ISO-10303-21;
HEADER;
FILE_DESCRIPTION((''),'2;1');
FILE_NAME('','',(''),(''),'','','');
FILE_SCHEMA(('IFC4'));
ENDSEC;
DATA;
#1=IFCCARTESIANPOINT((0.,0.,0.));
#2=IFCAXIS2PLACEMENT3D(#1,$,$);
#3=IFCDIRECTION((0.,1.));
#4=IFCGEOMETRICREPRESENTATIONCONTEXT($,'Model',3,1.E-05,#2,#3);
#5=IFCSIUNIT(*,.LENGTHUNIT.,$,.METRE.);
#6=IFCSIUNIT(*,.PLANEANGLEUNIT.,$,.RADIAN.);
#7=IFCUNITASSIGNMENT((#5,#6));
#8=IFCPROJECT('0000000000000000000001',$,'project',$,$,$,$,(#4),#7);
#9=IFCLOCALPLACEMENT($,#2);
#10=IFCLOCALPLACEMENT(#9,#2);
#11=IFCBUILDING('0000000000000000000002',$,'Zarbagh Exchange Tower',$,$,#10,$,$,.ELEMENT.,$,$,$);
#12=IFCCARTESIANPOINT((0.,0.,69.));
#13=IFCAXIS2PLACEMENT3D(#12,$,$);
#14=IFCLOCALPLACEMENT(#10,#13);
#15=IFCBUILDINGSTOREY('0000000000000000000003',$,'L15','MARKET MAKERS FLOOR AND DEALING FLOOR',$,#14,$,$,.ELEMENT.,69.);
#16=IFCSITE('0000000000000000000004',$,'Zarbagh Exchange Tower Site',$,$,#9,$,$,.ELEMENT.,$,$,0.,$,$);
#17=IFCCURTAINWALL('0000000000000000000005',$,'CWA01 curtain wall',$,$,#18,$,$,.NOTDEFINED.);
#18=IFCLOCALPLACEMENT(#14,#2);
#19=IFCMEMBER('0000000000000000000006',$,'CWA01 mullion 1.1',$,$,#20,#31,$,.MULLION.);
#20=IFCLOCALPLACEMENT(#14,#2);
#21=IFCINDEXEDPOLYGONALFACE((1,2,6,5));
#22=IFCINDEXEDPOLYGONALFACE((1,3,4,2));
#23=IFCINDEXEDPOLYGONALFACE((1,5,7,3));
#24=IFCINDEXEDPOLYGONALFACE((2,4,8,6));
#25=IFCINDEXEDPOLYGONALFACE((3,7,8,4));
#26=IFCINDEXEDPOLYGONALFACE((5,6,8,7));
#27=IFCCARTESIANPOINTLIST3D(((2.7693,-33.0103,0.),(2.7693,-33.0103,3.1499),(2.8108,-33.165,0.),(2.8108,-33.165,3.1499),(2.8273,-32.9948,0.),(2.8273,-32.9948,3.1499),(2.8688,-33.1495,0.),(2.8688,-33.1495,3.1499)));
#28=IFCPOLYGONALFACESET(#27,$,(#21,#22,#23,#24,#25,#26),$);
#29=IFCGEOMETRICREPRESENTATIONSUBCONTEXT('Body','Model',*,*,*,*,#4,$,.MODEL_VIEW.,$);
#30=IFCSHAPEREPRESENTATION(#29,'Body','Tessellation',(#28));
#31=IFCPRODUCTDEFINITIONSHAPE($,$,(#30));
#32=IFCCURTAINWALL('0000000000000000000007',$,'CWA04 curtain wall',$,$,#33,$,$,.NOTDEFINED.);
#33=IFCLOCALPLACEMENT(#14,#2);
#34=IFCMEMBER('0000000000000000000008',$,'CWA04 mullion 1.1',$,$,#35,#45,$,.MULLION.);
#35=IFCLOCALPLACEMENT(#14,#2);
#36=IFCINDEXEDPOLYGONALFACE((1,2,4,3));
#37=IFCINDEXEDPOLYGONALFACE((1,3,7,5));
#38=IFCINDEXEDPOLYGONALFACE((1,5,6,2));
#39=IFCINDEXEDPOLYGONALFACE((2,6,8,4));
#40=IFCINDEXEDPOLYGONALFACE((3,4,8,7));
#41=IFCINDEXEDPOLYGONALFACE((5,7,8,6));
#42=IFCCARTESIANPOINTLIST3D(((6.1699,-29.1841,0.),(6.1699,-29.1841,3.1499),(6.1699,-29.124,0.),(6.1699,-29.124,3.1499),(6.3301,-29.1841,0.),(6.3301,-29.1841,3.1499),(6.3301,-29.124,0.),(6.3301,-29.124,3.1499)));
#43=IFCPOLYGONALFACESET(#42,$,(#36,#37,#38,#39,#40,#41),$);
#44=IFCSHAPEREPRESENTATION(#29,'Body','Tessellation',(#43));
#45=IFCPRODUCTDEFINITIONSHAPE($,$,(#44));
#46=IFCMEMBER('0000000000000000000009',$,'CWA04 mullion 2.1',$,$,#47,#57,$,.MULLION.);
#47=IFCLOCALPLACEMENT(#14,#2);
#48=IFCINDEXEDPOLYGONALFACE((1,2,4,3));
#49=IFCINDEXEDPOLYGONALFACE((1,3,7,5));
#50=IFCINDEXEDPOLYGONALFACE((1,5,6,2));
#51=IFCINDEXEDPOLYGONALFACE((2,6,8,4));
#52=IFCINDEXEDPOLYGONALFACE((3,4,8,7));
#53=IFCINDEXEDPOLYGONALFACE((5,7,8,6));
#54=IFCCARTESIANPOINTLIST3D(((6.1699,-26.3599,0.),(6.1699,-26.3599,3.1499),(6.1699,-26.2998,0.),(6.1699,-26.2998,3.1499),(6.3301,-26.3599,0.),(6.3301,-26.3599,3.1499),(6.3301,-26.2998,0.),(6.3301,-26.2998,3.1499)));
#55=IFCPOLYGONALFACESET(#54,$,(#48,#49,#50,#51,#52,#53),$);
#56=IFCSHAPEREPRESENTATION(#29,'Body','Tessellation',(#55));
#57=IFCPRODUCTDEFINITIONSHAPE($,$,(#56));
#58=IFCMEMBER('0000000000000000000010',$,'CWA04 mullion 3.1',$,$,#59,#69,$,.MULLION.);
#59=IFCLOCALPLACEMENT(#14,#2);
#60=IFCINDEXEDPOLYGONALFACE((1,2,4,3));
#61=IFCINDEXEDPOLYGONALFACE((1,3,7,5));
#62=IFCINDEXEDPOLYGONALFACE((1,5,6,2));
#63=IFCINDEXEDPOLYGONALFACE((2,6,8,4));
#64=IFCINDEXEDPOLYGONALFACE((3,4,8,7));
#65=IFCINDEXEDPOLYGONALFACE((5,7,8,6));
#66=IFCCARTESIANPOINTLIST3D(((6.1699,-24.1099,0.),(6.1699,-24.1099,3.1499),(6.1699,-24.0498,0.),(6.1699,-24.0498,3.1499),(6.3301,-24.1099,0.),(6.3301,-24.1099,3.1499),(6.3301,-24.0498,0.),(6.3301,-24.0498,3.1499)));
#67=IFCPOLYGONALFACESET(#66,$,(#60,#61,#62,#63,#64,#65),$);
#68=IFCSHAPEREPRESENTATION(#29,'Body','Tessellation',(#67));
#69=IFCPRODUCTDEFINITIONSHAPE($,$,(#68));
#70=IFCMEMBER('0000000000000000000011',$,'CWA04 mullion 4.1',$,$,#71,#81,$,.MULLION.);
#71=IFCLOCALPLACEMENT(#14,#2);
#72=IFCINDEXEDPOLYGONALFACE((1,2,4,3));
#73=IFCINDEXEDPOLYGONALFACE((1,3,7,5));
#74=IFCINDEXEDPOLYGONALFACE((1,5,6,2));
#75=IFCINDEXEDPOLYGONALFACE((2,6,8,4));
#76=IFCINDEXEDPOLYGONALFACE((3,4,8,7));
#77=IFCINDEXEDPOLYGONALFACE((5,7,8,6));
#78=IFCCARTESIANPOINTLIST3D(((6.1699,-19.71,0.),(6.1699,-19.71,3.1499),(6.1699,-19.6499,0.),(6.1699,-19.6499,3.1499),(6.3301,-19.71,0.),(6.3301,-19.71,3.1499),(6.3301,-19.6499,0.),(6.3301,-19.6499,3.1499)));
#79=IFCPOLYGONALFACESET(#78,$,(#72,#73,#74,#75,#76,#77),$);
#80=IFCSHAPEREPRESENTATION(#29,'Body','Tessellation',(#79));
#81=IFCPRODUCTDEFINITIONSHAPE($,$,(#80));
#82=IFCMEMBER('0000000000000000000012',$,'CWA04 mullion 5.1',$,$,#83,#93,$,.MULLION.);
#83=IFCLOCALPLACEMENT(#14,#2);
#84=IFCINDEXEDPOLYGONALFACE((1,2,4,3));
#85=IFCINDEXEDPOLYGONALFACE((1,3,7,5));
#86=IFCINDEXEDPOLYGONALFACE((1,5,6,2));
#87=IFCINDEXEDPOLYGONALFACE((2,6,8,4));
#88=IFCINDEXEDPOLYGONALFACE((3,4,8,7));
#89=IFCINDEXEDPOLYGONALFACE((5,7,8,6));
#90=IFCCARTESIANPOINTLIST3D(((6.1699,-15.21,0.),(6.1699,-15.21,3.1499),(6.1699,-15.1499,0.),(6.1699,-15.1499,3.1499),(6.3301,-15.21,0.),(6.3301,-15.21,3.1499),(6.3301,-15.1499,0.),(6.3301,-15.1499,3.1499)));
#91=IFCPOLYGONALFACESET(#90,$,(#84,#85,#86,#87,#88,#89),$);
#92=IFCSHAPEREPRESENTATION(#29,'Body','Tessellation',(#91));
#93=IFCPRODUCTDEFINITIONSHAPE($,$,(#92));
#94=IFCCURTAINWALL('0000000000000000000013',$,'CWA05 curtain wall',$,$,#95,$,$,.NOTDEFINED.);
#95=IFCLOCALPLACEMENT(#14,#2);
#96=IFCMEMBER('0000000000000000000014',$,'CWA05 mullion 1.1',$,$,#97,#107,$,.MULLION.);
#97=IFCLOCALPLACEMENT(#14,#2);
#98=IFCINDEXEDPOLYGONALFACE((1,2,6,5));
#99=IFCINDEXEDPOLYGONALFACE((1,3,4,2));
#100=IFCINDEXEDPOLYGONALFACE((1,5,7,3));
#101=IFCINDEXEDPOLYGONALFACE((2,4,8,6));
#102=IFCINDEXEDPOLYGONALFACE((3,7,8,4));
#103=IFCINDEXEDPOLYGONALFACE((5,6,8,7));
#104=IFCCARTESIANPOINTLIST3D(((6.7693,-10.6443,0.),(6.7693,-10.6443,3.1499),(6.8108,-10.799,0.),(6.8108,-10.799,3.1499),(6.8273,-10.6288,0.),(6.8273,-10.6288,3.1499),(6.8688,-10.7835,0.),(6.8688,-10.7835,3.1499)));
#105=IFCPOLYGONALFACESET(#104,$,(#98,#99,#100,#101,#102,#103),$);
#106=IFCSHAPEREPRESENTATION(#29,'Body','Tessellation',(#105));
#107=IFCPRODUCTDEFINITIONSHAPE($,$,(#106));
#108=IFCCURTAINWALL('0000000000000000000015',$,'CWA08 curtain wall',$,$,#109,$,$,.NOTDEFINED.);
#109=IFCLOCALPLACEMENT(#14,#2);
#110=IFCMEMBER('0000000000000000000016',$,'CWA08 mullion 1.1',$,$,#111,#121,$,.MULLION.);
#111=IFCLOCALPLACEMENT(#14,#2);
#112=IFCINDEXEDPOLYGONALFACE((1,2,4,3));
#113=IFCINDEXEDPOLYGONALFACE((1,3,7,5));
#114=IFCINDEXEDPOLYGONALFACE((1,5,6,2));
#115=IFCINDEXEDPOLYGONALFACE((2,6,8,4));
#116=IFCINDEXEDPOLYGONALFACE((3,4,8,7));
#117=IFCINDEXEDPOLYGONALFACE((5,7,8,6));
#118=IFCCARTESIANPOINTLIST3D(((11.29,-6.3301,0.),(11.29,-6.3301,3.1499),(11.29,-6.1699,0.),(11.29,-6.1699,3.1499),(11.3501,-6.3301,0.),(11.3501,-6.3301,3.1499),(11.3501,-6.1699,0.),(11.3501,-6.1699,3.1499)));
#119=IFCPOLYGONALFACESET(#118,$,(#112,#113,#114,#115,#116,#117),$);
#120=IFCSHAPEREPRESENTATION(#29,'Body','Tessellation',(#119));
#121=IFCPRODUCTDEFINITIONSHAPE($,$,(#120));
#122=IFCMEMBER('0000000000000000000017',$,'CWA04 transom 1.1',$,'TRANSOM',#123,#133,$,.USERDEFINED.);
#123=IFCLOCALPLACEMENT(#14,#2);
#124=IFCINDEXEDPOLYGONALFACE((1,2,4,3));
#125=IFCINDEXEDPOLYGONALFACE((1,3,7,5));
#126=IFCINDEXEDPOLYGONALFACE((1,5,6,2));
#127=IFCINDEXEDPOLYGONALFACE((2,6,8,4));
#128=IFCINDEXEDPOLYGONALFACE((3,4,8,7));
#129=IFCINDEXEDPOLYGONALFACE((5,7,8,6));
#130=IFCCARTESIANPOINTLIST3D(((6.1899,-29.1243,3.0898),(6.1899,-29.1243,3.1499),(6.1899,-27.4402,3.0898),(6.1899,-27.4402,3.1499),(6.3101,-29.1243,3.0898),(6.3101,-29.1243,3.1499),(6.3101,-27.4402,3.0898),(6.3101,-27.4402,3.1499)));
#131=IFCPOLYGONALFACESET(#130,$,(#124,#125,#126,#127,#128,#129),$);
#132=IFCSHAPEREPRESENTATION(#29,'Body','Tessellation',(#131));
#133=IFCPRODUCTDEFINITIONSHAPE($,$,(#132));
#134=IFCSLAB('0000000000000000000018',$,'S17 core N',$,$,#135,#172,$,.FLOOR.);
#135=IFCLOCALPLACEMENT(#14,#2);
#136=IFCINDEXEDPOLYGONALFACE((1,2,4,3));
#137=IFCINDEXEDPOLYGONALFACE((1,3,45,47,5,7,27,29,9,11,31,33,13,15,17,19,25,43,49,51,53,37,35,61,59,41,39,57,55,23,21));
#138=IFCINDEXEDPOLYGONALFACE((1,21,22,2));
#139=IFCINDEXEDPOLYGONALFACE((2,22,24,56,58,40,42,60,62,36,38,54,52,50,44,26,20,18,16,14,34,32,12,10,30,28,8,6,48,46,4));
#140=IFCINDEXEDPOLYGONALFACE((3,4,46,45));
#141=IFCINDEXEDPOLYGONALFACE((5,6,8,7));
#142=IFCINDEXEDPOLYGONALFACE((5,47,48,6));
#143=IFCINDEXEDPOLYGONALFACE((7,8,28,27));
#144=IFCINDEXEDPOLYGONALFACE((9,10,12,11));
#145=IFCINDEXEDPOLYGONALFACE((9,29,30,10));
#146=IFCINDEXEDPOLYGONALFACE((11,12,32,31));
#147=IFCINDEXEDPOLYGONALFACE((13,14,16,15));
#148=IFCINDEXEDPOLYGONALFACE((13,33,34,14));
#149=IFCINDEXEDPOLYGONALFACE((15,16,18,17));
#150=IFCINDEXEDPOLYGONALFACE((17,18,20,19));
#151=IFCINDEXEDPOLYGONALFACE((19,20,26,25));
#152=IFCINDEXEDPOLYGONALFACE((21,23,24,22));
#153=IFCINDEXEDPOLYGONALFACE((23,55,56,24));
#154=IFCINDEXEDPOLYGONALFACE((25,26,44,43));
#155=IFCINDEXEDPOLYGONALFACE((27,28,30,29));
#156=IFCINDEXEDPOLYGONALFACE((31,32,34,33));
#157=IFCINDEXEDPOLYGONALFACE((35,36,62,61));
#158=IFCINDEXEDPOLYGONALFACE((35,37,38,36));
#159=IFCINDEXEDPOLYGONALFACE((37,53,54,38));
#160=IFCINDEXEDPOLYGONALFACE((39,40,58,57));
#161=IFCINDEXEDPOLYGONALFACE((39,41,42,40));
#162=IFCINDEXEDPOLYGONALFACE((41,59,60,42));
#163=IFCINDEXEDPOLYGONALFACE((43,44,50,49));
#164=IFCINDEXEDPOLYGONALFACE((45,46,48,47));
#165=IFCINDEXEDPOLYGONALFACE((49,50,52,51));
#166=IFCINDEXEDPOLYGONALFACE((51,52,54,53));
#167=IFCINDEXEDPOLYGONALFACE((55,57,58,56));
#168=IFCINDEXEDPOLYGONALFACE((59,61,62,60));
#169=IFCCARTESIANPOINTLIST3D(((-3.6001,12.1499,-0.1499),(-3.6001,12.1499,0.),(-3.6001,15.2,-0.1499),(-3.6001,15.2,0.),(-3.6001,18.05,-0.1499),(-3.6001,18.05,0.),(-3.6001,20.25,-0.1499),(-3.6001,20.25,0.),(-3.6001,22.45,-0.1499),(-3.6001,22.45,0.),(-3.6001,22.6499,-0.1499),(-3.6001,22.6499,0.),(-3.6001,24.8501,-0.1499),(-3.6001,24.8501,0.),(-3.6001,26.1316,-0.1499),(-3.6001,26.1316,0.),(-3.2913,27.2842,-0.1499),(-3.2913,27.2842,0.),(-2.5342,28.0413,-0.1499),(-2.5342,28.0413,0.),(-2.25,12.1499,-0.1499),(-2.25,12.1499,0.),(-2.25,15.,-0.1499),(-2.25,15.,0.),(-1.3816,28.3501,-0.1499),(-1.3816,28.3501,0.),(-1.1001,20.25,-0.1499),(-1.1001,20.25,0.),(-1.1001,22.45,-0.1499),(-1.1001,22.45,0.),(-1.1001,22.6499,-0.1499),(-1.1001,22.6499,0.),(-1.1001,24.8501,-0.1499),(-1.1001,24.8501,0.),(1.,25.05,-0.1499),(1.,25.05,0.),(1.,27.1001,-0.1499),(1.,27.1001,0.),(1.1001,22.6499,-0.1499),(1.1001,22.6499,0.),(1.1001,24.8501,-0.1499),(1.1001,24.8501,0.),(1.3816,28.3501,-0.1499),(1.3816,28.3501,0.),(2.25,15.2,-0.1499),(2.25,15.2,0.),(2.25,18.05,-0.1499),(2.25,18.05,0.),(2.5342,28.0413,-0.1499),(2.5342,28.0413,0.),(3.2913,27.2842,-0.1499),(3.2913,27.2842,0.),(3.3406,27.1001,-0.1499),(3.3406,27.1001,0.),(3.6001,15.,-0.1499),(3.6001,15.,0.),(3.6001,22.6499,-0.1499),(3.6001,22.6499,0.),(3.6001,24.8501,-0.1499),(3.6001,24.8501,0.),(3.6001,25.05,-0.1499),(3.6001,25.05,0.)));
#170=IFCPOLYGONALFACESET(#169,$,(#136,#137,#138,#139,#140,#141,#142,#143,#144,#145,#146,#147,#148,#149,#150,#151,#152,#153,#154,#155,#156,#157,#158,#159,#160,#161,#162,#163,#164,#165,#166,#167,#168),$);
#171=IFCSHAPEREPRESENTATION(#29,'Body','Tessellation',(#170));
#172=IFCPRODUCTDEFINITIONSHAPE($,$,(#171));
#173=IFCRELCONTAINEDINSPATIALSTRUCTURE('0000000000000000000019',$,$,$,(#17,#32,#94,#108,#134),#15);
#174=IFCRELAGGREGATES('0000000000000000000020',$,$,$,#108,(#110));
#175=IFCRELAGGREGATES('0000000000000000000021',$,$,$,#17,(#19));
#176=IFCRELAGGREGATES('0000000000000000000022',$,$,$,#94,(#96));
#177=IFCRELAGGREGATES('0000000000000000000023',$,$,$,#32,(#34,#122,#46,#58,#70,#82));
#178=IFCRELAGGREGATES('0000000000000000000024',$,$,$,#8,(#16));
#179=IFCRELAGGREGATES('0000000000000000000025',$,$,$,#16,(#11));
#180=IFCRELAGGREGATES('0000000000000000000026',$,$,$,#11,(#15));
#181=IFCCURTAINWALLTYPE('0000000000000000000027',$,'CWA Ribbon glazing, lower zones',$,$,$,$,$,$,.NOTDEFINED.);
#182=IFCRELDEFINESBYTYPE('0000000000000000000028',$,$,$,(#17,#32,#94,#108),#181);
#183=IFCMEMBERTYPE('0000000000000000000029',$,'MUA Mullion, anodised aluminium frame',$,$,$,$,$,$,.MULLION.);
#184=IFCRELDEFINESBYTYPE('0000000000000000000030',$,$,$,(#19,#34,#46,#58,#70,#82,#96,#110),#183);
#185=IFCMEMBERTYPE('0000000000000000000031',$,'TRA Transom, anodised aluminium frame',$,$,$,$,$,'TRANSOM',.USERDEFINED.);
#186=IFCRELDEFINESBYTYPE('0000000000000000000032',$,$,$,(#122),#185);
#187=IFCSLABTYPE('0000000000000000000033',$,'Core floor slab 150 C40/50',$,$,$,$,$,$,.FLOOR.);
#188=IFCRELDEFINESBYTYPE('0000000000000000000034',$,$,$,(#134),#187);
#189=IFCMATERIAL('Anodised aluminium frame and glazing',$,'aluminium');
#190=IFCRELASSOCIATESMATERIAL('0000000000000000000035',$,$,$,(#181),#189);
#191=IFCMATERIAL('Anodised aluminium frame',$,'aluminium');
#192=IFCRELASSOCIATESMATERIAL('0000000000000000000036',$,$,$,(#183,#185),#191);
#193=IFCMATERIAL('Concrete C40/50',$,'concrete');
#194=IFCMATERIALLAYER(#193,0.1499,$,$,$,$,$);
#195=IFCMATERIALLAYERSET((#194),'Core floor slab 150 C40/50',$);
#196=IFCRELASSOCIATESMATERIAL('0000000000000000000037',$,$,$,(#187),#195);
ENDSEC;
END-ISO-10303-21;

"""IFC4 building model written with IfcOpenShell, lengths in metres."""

from ifc_helpers import new_model, si_unit, direction, frame, origin, place, context, subcontext, project, spatial, polyline, outline, extrude, source, transform, mapped, material, layer, layer_set, type_object, element, aggregate, save


model = new_model("IFC4")

# Units and contexts
model_context = context("Model", 3, precision=1e-05, world=origin(), true_north=direction((0.0, 1.0)))
body_context = subcontext(model_context, "Body", "Model", "MODEL_VIEW")
ifc_project = project(units=[si_unit("LENGTHUNIT", "METRE"), si_unit("PLANEANGLEUNIT", "RADIAN")], contexts=[model_context])

# Site, building, storey
site_placement = place(None, origin())
site = spatial("IfcSite", under=ifc_project, at=site_placement, Name="Zarbagh Exchange Tower Site", CompositionType="ELEMENT", RefElevation=0.0)
building_placement = place(site_placement, origin())
building = spatial("IfcBuilding", under=site, at=building_placement, Name="Zarbagh Exchange Tower", CompositionType="ELEMENT")
storey_placement = place(building_placement, frame((0.0, 0.0, 69.0)))
storey = spatial("IfcBuildingStorey", under=building, at=storey_placement, Name="L15", Description="MARKET MAKERS FLOOR AND DEALING FLOOR", CompositionType="ELEMENT", Elevation=69.0)

# Curtain wall, member
ifc_material_1 = material(Name="Anodised aluminium frame and glazing", Category="aluminium")
curtain_wall_type = type_object("IfcCurtainWallType", Name="CWA Ribbon glazing, lower zones", PredefinedType="NOTDEFINED", material=ifc_material_1)
curtain_wall_1_placement = place(storey_placement, origin())
curtain_wall_1 = element("IfcCurtainWall", 1, at=curtain_wall_1_placement, inside=storey, type_object=curtain_wall_type, Name="CWA01 curtain wall", PredefinedType="NOTDEFINED")
ifc_material_2 = material(Name="Anodised aluminium frame", Category="aluminium")
member_type_1 = type_object("IfcMemberType", Name="MUA Mullion, anodised aluminium frame", PredefinedType="MULLION", material=ifc_material_2)
shared_shape_1 = source(origin(), body_context, "Body", "SweptSolid", [
    extrude(outline(polyline([(0.0, -0.0801), (0.0601, -0.0801), (0.0601, 0.0801), (0.0, 0.0801), (0.0, -0.0801)])), origin(), (0.0, 0.0, 1.0), 3.1499),
])
placement = place(storey_placement, origin())
member_1 = element("IfcMember", 2, at=placement, type_object=member_type_1, Name="CWA01 mullion 1.1", PredefinedType="MULLION", context=body_context, shape_type="MappedRepresentation", body=[
    mapped(shared_shape_1, transform((2.79, -33.0876, 0.0), x_axis=(0.965924, 0.258825, 0.0), y_axis=(-0.258825, 0.965924, 0.0), z_axis=(0.0, 0.0, 1.0))),
])

# Curtain wall, members
curtain_wall_2_placement = place(storey_placement, origin())
curtain_wall_2 = element("IfcCurtainWall", 3, at=curtain_wall_2_placement, inside=storey, type_object=curtain_wall_type, Name="CWA04 curtain wall", PredefinedType="NOTDEFINED")
member_2 = element("IfcMember", 4, at=placement, type_object=member_type_1, Name="CWA04 mullion 1.1", PredefinedType="MULLION", context=body_context, shape_type="MappedRepresentation", body=[
    mapped(shared_shape_1, transform((6.25, -29.1841, 0.0), x_axis=(0.0, 1.0, 0.0), y_axis=(-1.0, 0.0, 0.0), z_axis=(0.0, 0.0, 1.0))),
])
member_3 = element("IfcMember", 5, at=placement, type_object=member_type_1, Name="CWA04 mullion 2.1", PredefinedType="MULLION", context=body_context, shape_type="MappedRepresentation", body=[
    mapped(shared_shape_1, transform((6.25, -26.3599, 0.0), x_axis=(0.0, 1.0, 0.0), y_axis=(-1.0, 0.0, 0.0), z_axis=(0.0, 0.0, 1.0))),
])
member_4 = element("IfcMember", 6, at=placement, type_object=member_type_1, Name="CWA04 mullion 3.1", PredefinedType="MULLION", context=body_context, shape_type="MappedRepresentation", body=[
    mapped(shared_shape_1, transform((6.25, -24.1099, 0.0), x_axis=(0.0, 1.0, 0.0), y_axis=(-1.0, 0.0, 0.0), z_axis=(0.0, 0.0, 1.0))),
])
member_5 = element("IfcMember", 7, at=placement, type_object=member_type_1, Name="CWA04 mullion 4.1", PredefinedType="MULLION", context=body_context, shape_type="MappedRepresentation", body=[
    mapped(shared_shape_1, transform((6.25, -19.71, 0.0), x_axis=(0.0, 1.0, 0.0), y_axis=(-1.0, 0.0, 0.0), z_axis=(0.0, 0.0, 1.0))),
])
member_6 = element("IfcMember", 8, at=placement, type_object=member_type_1, Name="CWA04 mullion 5.1", PredefinedType="MULLION", context=body_context, shape_type="MappedRepresentation", body=[
    mapped(shared_shape_1, transform((6.25, -15.21, 0.0), x_axis=(0.0, 1.0, 0.0), y_axis=(-1.0, 0.0, 0.0), z_axis=(0.0, 0.0, 1.0))),
])

# Curtain walls, members
curtain_wall_3_placement = place(storey_placement, origin())
curtain_wall_3 = element("IfcCurtainWall", 9, at=curtain_wall_3_placement, inside=storey, type_object=curtain_wall_type, Name="CWA05 curtain wall", PredefinedType="NOTDEFINED")
member_7 = element("IfcMember", 10, at=placement, type_object=member_type_1, Name="CWA05 mullion 1.1", PredefinedType="MULLION", context=body_context, shape_type="MappedRepresentation", body=[
    mapped(shared_shape_1, transform((6.79, -10.7217, 0.0), x_axis=(0.965924, 0.258825, 0.0), y_axis=(-0.258825, 0.965924, 0.0), z_axis=(0.0, 0.0, 1.0))),
])
curtain_wall_4_placement = place(storey_placement, origin())
curtain_wall_4 = element("IfcCurtainWall", 11, at=curtain_wall_4_placement, inside=storey, type_object=curtain_wall_type, Name="CWA08 curtain wall", PredefinedType="NOTDEFINED")
member_8 = element("IfcMember", 12, at=placement, type_object=member_type_1, Name="CWA08 mullion 1.1", PredefinedType="MULLION", context=body_context, shape_type="MappedRepresentation", body=[
    mapped(shared_shape_1, transform((11.29, -6.25, 0.0), x_axis=(1.0, 0.0, 0.0), y_axis=(0.0, 1.0, 0.0), z_axis=(0.0, 0.0, 1.0))),
])
aggregate(curtain_wall_4, [member_8])

# Member
member_type_2 = type_object("IfcMemberType", Name="TRA Transom, anodised aluminium frame", ElementType="TRANSOM", PredefinedType="USERDEFINED", material=ifc_material_2)
shared_shape_2 = source(origin(), body_context, "Body", "SweptSolid", [
    extrude(outline(polyline([(-0.0601, -0.0601), (0.0, -0.0601), (0.0, 0.0601), (-0.0601, 0.0601), (-0.0601, -0.0601)])), origin(), (0.0, 0.0, 1.0), 1.6841),
])
member_9 = element("IfcMember", 13, at=placement, type_object=member_type_2, Name="CWA04 transom 1.1", ObjectType="TRANSOM", PredefinedType="USERDEFINED", context=body_context, shape_type="MappedRepresentation", body=[
    mapped(shared_shape_2, transform((6.25, -29.1243, 3.1499), x_axis=(0.0, 0.0, 1.0), y_axis=(1.0, 0.0, 0.0), z_axis=(0.0, 1.0, 0.0))),
])

# Slab
ifc_material_3 = material(Name="Concrete C40/50", Category="concrete")
ifc_layer_1 = layer(ifc_material_3, 0.1499)
ifc_layer_set_1 = layer_set([ifc_layer_1], Name="Core floor slab 150 C40/50")
slab_type = type_object("IfcSlabType", Name="Core floor slab 150 C40/50", PredefinedType="FLOOR", material=ifc_layer_set_1)
slab_1_placement = place(storey_placement, frame((0.0, 0.0, -0.1499)))
element("IfcSlab", 14, at=slab_1_placement, inside=storey, type_object=slab_type, Name="S17 core N", PredefinedType="FLOOR", context=body_context, shape_type="SweptSolid", body=[
    extrude(outline(polyline([(-3.6001, 12.1499), (-3.6001, 15.2), (2.25, 15.2), (2.25, 18.05), (-3.6001, 18.05), (-3.6001, 20.25), (-1.1001, 20.25), (-1.1001, 22.45), (-3.6001, 22.45), (-3.6001, 22.6499), (-1.1001, 22.6499), (-1.1001, 24.8501), (-3.6001, 24.8501), (-3.6001, 26.1316), (-3.2913, 27.2842), (-2.5342, 28.0413), (-1.3816, 28.3501), (1.3816, 28.3501), (2.5342, 28.0413), (3.2913, 27.2842), (3.3406, 27.1001), (1.0, 27.1001), (1.0, 25.05), (3.6001, 25.05), (3.6001, 24.8501), (1.1001, 24.8501), (1.1001, 22.6499), (3.6001, 22.6499), (3.6001, 15.0), (-2.25, 15.0), (-2.25, 12.1499), (-3.6001, 12.1499)])), origin(), (0.0, 0.0, 1.0), 0.1499),
])

aggregate(curtain_wall_1, [member_1])

aggregate(curtain_wall_3, [member_7])

aggregate(curtain_wall_2, [member_2, member_9, member_3, member_4, member_5, member_6])

save(model, "model.ifc")
